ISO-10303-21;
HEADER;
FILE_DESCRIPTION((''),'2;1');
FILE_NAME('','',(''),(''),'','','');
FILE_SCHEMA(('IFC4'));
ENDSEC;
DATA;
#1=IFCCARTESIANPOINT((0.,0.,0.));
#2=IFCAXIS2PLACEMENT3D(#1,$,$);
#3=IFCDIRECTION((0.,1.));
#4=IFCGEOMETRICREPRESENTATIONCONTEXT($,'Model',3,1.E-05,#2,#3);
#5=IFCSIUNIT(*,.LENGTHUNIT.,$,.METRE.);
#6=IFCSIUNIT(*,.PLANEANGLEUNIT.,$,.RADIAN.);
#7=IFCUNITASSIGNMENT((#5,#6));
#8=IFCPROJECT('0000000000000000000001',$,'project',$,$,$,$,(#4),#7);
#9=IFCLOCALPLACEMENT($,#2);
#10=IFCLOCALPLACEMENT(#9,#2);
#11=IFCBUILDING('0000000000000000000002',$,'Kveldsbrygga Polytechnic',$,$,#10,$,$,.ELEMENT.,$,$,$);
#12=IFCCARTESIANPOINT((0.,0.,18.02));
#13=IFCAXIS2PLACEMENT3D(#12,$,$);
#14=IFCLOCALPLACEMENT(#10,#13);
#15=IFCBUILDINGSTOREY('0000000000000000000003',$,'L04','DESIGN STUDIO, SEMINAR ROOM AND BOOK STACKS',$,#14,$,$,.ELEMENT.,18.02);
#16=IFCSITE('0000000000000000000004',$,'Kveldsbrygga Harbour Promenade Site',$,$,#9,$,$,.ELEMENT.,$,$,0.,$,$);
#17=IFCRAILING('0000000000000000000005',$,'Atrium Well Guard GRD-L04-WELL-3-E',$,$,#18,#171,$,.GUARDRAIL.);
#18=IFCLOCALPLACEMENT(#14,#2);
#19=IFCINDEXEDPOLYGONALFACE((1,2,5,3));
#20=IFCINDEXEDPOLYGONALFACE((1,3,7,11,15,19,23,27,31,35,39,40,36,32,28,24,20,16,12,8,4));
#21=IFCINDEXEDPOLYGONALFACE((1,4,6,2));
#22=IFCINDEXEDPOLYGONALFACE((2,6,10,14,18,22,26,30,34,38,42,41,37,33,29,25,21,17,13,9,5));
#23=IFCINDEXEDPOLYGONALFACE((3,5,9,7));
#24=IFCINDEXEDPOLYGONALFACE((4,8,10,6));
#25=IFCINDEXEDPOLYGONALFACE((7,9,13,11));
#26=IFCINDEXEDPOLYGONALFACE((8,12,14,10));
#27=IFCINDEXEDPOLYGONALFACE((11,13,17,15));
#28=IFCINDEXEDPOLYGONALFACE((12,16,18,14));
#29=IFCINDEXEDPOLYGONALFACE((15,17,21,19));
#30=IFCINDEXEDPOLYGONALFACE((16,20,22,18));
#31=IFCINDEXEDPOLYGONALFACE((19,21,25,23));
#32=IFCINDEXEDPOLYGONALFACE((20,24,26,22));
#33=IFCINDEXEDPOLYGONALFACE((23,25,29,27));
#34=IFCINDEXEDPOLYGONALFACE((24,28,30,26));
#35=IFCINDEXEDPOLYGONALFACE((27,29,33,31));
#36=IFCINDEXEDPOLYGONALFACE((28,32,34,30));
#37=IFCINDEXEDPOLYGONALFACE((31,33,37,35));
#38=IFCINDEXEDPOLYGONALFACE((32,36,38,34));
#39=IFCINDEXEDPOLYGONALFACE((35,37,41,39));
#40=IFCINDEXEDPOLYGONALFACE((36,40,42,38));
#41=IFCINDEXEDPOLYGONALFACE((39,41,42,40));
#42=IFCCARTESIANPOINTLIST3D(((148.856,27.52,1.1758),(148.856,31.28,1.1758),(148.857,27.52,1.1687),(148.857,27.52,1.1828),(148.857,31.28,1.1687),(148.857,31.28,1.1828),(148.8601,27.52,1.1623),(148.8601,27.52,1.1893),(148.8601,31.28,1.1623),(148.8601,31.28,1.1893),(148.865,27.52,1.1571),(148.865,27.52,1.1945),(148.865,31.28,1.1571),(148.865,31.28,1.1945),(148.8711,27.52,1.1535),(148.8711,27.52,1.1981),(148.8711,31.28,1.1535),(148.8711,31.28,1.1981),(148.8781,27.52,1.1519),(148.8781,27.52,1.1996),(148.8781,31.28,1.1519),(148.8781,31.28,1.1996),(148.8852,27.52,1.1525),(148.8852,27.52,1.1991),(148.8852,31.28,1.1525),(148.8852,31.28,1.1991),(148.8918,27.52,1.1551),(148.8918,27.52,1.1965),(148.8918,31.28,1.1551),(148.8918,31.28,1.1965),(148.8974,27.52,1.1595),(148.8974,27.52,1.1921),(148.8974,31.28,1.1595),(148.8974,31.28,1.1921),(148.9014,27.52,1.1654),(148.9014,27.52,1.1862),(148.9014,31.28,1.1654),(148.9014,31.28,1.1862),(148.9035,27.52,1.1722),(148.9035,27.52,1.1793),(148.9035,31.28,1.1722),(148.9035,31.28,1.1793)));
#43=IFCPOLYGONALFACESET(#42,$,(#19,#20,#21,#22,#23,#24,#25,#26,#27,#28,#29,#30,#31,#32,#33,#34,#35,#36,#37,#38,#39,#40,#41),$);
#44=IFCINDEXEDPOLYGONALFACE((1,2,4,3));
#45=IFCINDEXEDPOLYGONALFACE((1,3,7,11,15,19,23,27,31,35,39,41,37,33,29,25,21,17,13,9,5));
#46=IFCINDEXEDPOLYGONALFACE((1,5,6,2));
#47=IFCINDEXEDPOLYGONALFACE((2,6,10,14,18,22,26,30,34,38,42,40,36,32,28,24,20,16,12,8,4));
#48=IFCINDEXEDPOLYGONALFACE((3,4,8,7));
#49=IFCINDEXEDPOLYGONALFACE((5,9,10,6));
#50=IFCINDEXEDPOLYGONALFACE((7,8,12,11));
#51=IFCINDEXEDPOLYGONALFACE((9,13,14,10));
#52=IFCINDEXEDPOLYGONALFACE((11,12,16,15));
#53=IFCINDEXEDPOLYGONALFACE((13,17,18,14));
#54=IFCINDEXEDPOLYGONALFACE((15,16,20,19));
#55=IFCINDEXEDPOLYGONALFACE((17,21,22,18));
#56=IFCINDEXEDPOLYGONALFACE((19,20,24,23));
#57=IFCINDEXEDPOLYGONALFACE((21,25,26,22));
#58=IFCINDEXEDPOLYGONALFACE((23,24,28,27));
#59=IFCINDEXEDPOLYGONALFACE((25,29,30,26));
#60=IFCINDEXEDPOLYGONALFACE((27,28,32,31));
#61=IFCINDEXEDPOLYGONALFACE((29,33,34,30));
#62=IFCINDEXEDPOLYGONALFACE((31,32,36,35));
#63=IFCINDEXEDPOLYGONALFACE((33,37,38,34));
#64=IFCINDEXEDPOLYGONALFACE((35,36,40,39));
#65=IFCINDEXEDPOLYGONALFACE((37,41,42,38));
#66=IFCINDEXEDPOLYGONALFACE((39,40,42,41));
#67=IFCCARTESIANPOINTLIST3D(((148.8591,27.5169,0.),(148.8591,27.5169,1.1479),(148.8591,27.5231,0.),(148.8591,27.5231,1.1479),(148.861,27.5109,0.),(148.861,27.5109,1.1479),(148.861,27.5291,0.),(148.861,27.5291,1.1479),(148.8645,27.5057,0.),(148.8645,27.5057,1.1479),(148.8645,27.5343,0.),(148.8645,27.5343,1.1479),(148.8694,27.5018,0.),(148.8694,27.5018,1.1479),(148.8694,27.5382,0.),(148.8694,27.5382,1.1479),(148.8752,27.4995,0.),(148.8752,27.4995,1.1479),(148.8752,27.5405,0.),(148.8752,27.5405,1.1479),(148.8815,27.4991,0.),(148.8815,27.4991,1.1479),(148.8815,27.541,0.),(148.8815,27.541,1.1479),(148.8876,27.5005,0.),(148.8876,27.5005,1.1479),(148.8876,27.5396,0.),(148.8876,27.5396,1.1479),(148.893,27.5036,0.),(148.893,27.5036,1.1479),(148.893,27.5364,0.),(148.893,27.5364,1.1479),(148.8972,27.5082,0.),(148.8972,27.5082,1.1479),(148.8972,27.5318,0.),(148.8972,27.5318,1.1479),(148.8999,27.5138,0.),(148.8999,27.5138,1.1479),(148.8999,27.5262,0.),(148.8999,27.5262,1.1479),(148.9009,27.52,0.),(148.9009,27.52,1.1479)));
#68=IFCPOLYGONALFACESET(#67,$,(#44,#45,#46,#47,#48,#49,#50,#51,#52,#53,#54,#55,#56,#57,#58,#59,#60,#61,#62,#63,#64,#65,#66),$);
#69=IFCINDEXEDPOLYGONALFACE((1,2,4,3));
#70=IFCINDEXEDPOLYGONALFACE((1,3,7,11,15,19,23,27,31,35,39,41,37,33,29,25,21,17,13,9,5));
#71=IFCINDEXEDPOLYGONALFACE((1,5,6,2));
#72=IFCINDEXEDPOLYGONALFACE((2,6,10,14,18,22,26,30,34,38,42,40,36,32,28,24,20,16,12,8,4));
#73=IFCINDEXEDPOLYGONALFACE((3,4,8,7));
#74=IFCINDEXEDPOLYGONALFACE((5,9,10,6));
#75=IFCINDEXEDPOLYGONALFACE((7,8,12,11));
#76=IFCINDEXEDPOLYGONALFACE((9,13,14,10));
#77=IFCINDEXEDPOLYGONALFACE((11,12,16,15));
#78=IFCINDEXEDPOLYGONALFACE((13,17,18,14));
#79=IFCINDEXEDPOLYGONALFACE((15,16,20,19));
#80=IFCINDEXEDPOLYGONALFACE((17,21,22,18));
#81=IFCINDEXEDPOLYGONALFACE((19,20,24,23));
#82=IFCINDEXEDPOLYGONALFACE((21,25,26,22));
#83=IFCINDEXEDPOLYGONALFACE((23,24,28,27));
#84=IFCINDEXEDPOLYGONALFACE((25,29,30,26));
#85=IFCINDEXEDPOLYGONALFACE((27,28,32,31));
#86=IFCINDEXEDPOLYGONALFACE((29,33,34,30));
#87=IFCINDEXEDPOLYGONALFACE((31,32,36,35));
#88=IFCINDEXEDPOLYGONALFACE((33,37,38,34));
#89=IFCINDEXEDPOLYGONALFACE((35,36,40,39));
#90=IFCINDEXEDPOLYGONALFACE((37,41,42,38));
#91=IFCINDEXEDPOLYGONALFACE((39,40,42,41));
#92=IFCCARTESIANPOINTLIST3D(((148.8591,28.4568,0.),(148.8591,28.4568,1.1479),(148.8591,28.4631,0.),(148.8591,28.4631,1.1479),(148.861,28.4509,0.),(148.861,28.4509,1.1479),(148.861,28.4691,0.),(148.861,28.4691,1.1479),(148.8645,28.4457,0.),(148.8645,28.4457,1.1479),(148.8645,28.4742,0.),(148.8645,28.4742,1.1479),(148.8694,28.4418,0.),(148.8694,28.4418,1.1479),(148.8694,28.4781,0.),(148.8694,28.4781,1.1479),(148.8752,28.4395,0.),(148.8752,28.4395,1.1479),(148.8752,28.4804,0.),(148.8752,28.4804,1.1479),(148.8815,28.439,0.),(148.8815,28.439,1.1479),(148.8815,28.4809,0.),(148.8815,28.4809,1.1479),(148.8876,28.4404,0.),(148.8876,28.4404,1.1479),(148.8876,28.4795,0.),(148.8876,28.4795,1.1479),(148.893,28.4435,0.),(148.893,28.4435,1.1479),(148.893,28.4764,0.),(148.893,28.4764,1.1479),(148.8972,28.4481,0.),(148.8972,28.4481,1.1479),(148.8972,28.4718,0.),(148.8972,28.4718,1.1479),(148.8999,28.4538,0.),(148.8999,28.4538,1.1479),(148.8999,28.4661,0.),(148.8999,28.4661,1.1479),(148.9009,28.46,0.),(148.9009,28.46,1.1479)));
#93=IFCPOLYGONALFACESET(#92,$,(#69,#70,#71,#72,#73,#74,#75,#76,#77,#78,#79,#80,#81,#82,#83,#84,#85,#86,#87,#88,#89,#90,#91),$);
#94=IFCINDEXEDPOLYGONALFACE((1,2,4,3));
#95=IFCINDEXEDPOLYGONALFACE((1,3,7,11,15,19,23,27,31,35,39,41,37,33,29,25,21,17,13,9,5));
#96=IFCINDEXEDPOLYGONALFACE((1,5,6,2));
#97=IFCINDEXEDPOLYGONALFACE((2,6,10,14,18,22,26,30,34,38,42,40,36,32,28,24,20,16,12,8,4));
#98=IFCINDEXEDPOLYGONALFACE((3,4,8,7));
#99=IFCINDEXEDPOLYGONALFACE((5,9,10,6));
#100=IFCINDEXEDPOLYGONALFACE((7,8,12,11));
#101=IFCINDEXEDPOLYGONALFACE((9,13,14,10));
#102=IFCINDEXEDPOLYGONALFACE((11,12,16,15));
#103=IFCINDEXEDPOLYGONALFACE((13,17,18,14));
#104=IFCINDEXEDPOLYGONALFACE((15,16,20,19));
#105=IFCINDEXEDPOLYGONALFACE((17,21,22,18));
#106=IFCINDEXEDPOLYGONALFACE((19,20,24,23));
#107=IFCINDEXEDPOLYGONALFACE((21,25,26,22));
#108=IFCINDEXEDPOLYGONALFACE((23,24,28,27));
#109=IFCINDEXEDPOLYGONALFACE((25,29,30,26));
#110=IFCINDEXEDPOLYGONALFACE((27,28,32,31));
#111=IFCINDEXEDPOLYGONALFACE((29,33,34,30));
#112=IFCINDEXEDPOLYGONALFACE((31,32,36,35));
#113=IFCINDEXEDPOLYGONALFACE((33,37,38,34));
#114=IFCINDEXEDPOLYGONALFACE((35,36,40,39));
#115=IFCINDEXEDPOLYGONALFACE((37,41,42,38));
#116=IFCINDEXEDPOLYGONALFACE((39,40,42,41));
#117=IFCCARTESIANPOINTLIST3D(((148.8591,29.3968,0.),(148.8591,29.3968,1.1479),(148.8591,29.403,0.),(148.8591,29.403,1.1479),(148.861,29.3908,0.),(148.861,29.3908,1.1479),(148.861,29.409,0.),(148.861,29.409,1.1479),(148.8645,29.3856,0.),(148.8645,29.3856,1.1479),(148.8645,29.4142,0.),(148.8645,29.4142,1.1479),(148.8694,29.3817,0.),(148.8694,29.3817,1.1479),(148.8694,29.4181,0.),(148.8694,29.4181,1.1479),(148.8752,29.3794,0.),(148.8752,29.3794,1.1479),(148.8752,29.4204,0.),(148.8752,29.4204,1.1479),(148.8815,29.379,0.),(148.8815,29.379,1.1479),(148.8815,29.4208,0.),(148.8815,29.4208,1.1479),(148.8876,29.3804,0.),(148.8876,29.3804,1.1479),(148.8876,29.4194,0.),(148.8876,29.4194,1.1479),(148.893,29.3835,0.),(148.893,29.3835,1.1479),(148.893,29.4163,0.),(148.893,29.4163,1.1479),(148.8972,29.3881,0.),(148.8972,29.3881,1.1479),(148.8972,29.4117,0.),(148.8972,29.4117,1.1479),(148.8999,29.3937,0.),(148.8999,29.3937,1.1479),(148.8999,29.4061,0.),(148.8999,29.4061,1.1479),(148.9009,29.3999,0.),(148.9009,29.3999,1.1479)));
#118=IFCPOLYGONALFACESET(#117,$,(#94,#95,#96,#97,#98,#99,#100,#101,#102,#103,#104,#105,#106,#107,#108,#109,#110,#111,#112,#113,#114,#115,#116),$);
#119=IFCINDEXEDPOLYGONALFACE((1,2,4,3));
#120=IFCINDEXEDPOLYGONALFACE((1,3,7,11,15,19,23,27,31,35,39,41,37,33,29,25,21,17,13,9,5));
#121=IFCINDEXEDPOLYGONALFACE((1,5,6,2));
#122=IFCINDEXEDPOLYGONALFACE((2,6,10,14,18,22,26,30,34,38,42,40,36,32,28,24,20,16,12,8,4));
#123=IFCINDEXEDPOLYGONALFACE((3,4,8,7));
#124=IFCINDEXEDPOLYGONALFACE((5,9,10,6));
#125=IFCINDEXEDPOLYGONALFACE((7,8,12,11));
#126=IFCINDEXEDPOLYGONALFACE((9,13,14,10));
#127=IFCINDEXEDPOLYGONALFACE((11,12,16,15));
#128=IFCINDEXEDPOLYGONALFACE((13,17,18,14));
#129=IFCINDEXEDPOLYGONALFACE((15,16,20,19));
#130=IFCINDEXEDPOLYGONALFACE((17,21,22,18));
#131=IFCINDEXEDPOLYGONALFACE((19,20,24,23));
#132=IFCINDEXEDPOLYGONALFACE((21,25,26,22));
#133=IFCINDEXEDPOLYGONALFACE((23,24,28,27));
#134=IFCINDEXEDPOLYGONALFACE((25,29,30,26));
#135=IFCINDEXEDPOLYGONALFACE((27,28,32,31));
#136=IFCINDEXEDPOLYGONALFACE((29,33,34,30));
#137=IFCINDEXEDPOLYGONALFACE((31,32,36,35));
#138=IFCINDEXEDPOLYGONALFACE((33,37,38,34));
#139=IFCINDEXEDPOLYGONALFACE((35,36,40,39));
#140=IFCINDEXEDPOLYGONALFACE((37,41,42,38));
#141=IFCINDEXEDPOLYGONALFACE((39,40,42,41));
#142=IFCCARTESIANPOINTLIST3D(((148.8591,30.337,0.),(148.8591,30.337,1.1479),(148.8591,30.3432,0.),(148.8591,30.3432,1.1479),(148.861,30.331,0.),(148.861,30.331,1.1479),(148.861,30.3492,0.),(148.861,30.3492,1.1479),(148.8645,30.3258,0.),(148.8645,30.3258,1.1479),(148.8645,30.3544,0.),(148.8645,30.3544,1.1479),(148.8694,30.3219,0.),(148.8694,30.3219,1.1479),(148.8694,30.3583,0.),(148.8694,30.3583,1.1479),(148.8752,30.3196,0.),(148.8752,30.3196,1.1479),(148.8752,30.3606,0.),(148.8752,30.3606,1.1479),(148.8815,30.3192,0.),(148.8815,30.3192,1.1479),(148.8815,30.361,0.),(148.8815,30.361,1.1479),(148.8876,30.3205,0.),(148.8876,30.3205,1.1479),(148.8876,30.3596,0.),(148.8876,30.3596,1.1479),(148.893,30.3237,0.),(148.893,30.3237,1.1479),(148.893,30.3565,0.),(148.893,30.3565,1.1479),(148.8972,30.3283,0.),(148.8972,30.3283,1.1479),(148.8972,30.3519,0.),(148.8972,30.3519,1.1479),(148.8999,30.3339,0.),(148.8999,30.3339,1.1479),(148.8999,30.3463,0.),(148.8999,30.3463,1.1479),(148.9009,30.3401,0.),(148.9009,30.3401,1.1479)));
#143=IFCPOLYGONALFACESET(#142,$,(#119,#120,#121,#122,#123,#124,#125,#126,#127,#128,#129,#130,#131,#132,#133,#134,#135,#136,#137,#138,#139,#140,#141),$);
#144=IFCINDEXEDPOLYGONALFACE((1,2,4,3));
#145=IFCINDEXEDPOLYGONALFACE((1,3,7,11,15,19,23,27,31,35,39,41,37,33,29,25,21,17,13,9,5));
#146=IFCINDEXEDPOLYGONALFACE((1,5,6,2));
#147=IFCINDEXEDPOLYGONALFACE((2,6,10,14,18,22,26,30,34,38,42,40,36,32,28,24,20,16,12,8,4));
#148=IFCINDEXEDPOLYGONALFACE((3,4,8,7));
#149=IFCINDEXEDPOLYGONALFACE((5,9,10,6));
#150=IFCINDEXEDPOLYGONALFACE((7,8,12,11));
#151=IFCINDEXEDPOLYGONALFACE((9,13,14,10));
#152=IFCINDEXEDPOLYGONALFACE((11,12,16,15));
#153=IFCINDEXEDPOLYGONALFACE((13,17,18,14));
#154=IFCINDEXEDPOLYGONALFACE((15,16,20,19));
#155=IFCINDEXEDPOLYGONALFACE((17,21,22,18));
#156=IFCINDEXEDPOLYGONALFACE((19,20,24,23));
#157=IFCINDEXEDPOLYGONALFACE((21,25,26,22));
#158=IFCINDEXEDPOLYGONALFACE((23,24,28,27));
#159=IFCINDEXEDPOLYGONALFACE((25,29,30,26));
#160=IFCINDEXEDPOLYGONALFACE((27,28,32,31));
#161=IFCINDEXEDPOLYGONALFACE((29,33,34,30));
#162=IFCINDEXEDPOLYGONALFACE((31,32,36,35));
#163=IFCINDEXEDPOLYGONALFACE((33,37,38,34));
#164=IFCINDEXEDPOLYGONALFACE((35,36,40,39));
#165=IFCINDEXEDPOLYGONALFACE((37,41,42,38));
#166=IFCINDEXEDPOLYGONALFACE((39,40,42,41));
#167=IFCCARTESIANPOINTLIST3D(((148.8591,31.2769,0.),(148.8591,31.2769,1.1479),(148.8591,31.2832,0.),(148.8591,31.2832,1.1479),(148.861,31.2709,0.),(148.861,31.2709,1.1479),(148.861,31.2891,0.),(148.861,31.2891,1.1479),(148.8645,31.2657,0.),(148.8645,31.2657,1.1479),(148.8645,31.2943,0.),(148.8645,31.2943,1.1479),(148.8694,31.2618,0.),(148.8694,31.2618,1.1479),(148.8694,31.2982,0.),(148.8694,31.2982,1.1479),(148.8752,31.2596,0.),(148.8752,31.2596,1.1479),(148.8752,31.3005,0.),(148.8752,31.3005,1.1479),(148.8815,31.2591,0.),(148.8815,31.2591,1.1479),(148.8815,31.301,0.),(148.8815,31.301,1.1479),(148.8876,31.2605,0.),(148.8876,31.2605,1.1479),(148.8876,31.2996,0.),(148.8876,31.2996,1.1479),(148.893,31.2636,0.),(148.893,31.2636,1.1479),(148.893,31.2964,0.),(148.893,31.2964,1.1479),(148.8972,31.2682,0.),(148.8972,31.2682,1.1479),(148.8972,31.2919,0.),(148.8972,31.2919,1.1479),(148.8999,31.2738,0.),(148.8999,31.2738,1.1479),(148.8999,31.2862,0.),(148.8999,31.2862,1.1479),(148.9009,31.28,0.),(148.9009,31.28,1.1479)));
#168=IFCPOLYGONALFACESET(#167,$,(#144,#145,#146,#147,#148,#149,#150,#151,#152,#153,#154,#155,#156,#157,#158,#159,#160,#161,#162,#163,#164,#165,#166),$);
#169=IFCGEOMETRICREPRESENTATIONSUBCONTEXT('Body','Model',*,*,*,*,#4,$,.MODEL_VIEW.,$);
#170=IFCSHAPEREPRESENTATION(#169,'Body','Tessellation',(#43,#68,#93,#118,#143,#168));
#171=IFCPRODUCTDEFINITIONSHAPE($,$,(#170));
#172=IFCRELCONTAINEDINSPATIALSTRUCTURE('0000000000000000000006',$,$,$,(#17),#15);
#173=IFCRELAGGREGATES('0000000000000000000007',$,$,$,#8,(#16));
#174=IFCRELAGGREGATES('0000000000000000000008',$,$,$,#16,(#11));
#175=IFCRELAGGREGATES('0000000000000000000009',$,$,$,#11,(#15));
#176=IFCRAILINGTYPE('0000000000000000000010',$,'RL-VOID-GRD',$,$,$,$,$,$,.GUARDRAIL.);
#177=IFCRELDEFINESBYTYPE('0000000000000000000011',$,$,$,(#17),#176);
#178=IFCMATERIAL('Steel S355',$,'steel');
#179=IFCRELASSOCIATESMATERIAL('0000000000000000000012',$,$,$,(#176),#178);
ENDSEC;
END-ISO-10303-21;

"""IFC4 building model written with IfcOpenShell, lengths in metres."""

from ifc_helpers import new_model, si_unit, direction, frame, origin, origin_2d, place, context, subcontext, project, spatial, circle, extrude, material, type_object, element, save


model = new_model("IFC4")

# Units and contexts
model_context = context("Model", 3, precision=1e-05, world=origin(), true_north=direction((0.0, 1.0)))
body_context = subcontext(model_context, "Body", "Model", "MODEL_VIEW")
ifc_project = project(units=[si_unit("LENGTHUNIT", "METRE"), si_unit("PLANEANGLEUNIT", "RADIAN")], contexts=[model_context])

# Site, building, storey
site_placement = place(None, origin())
site = spatial("IfcSite", under=ifc_project, at=site_placement, Name="Kveldsbrygga Harbour Promenade Site", CompositionType="ELEMENT", RefElevation=0.0)
building_placement = place(site_placement, origin())
building = spatial("IfcBuilding", under=site, at=building_placement, Name="Kveldsbrygga Polytechnic", CompositionType="ELEMENT")
storey_placement = place(building_placement, frame((0.0, 0.0, 18.02)))
storey = spatial("IfcBuildingStorey", under=building, at=storey_placement, Name="L04", Description="DESIGN STUDIO, SEMINAR ROOM AND BOOK STACKS", CompositionType="ELEMENT", Elevation=18.02)

# Shared definitions
ifc_material_1 = material(Name="Steel S355", Category="steel")

# Railing
railing_type_1 = type_object("IfcRailingType", Name="RL-VOID-GRD", PredefinedType="GUARDRAIL", material=ifc_material_1)
railing_1_placement = place(storey_placement, frame((148.8799, 27.52, 0.0)))
element("IfcRailing", 1, at=railing_1_placement, inside=storey, type_object=railing_type_1, Name="Atrium Well Guard GRD-L04-WELL-3-E", PredefinedType="GUARDRAIL", context=body_context, shape_type="SweptSolid", body=[
    extrude(circle(Radius=0.0239, at=origin_2d()), frame((0.0, 0.0, 1.1758), z_axis=(0.0, 1.0, 0.0), x_axis=(-1.0, 0.0, 0.0)), (0.0, 0.0, 1.0), 3.76),
    extrude(circle(Radius=0.021, at=origin_2d()), origin(), (0.0, 0.0, 1.0), 1.1479),
    extrude(circle(Radius=0.021, at=origin_2d()), frame((0.0, 0.9399, 0.0)), (0.0, 0.0, 1.0), 1.1479),
    extrude(circle(Radius=0.021, at=origin_2d()), frame((0.0, 1.8799, 0.0)), (0.0, 0.0, 1.0), 1.1479),
    extrude(circle(Radius=0.021, at=origin_2d()), frame((0.0, 2.8201, 0.0)), (0.0, 0.0, 1.0), 1.1479),
    extrude(circle(Radius=0.021, at=origin_2d()), frame((0.0, 3.76, 0.0)), (0.0, 0.0, 1.0), 1.1479),
])

save(model, "model.ifc")
